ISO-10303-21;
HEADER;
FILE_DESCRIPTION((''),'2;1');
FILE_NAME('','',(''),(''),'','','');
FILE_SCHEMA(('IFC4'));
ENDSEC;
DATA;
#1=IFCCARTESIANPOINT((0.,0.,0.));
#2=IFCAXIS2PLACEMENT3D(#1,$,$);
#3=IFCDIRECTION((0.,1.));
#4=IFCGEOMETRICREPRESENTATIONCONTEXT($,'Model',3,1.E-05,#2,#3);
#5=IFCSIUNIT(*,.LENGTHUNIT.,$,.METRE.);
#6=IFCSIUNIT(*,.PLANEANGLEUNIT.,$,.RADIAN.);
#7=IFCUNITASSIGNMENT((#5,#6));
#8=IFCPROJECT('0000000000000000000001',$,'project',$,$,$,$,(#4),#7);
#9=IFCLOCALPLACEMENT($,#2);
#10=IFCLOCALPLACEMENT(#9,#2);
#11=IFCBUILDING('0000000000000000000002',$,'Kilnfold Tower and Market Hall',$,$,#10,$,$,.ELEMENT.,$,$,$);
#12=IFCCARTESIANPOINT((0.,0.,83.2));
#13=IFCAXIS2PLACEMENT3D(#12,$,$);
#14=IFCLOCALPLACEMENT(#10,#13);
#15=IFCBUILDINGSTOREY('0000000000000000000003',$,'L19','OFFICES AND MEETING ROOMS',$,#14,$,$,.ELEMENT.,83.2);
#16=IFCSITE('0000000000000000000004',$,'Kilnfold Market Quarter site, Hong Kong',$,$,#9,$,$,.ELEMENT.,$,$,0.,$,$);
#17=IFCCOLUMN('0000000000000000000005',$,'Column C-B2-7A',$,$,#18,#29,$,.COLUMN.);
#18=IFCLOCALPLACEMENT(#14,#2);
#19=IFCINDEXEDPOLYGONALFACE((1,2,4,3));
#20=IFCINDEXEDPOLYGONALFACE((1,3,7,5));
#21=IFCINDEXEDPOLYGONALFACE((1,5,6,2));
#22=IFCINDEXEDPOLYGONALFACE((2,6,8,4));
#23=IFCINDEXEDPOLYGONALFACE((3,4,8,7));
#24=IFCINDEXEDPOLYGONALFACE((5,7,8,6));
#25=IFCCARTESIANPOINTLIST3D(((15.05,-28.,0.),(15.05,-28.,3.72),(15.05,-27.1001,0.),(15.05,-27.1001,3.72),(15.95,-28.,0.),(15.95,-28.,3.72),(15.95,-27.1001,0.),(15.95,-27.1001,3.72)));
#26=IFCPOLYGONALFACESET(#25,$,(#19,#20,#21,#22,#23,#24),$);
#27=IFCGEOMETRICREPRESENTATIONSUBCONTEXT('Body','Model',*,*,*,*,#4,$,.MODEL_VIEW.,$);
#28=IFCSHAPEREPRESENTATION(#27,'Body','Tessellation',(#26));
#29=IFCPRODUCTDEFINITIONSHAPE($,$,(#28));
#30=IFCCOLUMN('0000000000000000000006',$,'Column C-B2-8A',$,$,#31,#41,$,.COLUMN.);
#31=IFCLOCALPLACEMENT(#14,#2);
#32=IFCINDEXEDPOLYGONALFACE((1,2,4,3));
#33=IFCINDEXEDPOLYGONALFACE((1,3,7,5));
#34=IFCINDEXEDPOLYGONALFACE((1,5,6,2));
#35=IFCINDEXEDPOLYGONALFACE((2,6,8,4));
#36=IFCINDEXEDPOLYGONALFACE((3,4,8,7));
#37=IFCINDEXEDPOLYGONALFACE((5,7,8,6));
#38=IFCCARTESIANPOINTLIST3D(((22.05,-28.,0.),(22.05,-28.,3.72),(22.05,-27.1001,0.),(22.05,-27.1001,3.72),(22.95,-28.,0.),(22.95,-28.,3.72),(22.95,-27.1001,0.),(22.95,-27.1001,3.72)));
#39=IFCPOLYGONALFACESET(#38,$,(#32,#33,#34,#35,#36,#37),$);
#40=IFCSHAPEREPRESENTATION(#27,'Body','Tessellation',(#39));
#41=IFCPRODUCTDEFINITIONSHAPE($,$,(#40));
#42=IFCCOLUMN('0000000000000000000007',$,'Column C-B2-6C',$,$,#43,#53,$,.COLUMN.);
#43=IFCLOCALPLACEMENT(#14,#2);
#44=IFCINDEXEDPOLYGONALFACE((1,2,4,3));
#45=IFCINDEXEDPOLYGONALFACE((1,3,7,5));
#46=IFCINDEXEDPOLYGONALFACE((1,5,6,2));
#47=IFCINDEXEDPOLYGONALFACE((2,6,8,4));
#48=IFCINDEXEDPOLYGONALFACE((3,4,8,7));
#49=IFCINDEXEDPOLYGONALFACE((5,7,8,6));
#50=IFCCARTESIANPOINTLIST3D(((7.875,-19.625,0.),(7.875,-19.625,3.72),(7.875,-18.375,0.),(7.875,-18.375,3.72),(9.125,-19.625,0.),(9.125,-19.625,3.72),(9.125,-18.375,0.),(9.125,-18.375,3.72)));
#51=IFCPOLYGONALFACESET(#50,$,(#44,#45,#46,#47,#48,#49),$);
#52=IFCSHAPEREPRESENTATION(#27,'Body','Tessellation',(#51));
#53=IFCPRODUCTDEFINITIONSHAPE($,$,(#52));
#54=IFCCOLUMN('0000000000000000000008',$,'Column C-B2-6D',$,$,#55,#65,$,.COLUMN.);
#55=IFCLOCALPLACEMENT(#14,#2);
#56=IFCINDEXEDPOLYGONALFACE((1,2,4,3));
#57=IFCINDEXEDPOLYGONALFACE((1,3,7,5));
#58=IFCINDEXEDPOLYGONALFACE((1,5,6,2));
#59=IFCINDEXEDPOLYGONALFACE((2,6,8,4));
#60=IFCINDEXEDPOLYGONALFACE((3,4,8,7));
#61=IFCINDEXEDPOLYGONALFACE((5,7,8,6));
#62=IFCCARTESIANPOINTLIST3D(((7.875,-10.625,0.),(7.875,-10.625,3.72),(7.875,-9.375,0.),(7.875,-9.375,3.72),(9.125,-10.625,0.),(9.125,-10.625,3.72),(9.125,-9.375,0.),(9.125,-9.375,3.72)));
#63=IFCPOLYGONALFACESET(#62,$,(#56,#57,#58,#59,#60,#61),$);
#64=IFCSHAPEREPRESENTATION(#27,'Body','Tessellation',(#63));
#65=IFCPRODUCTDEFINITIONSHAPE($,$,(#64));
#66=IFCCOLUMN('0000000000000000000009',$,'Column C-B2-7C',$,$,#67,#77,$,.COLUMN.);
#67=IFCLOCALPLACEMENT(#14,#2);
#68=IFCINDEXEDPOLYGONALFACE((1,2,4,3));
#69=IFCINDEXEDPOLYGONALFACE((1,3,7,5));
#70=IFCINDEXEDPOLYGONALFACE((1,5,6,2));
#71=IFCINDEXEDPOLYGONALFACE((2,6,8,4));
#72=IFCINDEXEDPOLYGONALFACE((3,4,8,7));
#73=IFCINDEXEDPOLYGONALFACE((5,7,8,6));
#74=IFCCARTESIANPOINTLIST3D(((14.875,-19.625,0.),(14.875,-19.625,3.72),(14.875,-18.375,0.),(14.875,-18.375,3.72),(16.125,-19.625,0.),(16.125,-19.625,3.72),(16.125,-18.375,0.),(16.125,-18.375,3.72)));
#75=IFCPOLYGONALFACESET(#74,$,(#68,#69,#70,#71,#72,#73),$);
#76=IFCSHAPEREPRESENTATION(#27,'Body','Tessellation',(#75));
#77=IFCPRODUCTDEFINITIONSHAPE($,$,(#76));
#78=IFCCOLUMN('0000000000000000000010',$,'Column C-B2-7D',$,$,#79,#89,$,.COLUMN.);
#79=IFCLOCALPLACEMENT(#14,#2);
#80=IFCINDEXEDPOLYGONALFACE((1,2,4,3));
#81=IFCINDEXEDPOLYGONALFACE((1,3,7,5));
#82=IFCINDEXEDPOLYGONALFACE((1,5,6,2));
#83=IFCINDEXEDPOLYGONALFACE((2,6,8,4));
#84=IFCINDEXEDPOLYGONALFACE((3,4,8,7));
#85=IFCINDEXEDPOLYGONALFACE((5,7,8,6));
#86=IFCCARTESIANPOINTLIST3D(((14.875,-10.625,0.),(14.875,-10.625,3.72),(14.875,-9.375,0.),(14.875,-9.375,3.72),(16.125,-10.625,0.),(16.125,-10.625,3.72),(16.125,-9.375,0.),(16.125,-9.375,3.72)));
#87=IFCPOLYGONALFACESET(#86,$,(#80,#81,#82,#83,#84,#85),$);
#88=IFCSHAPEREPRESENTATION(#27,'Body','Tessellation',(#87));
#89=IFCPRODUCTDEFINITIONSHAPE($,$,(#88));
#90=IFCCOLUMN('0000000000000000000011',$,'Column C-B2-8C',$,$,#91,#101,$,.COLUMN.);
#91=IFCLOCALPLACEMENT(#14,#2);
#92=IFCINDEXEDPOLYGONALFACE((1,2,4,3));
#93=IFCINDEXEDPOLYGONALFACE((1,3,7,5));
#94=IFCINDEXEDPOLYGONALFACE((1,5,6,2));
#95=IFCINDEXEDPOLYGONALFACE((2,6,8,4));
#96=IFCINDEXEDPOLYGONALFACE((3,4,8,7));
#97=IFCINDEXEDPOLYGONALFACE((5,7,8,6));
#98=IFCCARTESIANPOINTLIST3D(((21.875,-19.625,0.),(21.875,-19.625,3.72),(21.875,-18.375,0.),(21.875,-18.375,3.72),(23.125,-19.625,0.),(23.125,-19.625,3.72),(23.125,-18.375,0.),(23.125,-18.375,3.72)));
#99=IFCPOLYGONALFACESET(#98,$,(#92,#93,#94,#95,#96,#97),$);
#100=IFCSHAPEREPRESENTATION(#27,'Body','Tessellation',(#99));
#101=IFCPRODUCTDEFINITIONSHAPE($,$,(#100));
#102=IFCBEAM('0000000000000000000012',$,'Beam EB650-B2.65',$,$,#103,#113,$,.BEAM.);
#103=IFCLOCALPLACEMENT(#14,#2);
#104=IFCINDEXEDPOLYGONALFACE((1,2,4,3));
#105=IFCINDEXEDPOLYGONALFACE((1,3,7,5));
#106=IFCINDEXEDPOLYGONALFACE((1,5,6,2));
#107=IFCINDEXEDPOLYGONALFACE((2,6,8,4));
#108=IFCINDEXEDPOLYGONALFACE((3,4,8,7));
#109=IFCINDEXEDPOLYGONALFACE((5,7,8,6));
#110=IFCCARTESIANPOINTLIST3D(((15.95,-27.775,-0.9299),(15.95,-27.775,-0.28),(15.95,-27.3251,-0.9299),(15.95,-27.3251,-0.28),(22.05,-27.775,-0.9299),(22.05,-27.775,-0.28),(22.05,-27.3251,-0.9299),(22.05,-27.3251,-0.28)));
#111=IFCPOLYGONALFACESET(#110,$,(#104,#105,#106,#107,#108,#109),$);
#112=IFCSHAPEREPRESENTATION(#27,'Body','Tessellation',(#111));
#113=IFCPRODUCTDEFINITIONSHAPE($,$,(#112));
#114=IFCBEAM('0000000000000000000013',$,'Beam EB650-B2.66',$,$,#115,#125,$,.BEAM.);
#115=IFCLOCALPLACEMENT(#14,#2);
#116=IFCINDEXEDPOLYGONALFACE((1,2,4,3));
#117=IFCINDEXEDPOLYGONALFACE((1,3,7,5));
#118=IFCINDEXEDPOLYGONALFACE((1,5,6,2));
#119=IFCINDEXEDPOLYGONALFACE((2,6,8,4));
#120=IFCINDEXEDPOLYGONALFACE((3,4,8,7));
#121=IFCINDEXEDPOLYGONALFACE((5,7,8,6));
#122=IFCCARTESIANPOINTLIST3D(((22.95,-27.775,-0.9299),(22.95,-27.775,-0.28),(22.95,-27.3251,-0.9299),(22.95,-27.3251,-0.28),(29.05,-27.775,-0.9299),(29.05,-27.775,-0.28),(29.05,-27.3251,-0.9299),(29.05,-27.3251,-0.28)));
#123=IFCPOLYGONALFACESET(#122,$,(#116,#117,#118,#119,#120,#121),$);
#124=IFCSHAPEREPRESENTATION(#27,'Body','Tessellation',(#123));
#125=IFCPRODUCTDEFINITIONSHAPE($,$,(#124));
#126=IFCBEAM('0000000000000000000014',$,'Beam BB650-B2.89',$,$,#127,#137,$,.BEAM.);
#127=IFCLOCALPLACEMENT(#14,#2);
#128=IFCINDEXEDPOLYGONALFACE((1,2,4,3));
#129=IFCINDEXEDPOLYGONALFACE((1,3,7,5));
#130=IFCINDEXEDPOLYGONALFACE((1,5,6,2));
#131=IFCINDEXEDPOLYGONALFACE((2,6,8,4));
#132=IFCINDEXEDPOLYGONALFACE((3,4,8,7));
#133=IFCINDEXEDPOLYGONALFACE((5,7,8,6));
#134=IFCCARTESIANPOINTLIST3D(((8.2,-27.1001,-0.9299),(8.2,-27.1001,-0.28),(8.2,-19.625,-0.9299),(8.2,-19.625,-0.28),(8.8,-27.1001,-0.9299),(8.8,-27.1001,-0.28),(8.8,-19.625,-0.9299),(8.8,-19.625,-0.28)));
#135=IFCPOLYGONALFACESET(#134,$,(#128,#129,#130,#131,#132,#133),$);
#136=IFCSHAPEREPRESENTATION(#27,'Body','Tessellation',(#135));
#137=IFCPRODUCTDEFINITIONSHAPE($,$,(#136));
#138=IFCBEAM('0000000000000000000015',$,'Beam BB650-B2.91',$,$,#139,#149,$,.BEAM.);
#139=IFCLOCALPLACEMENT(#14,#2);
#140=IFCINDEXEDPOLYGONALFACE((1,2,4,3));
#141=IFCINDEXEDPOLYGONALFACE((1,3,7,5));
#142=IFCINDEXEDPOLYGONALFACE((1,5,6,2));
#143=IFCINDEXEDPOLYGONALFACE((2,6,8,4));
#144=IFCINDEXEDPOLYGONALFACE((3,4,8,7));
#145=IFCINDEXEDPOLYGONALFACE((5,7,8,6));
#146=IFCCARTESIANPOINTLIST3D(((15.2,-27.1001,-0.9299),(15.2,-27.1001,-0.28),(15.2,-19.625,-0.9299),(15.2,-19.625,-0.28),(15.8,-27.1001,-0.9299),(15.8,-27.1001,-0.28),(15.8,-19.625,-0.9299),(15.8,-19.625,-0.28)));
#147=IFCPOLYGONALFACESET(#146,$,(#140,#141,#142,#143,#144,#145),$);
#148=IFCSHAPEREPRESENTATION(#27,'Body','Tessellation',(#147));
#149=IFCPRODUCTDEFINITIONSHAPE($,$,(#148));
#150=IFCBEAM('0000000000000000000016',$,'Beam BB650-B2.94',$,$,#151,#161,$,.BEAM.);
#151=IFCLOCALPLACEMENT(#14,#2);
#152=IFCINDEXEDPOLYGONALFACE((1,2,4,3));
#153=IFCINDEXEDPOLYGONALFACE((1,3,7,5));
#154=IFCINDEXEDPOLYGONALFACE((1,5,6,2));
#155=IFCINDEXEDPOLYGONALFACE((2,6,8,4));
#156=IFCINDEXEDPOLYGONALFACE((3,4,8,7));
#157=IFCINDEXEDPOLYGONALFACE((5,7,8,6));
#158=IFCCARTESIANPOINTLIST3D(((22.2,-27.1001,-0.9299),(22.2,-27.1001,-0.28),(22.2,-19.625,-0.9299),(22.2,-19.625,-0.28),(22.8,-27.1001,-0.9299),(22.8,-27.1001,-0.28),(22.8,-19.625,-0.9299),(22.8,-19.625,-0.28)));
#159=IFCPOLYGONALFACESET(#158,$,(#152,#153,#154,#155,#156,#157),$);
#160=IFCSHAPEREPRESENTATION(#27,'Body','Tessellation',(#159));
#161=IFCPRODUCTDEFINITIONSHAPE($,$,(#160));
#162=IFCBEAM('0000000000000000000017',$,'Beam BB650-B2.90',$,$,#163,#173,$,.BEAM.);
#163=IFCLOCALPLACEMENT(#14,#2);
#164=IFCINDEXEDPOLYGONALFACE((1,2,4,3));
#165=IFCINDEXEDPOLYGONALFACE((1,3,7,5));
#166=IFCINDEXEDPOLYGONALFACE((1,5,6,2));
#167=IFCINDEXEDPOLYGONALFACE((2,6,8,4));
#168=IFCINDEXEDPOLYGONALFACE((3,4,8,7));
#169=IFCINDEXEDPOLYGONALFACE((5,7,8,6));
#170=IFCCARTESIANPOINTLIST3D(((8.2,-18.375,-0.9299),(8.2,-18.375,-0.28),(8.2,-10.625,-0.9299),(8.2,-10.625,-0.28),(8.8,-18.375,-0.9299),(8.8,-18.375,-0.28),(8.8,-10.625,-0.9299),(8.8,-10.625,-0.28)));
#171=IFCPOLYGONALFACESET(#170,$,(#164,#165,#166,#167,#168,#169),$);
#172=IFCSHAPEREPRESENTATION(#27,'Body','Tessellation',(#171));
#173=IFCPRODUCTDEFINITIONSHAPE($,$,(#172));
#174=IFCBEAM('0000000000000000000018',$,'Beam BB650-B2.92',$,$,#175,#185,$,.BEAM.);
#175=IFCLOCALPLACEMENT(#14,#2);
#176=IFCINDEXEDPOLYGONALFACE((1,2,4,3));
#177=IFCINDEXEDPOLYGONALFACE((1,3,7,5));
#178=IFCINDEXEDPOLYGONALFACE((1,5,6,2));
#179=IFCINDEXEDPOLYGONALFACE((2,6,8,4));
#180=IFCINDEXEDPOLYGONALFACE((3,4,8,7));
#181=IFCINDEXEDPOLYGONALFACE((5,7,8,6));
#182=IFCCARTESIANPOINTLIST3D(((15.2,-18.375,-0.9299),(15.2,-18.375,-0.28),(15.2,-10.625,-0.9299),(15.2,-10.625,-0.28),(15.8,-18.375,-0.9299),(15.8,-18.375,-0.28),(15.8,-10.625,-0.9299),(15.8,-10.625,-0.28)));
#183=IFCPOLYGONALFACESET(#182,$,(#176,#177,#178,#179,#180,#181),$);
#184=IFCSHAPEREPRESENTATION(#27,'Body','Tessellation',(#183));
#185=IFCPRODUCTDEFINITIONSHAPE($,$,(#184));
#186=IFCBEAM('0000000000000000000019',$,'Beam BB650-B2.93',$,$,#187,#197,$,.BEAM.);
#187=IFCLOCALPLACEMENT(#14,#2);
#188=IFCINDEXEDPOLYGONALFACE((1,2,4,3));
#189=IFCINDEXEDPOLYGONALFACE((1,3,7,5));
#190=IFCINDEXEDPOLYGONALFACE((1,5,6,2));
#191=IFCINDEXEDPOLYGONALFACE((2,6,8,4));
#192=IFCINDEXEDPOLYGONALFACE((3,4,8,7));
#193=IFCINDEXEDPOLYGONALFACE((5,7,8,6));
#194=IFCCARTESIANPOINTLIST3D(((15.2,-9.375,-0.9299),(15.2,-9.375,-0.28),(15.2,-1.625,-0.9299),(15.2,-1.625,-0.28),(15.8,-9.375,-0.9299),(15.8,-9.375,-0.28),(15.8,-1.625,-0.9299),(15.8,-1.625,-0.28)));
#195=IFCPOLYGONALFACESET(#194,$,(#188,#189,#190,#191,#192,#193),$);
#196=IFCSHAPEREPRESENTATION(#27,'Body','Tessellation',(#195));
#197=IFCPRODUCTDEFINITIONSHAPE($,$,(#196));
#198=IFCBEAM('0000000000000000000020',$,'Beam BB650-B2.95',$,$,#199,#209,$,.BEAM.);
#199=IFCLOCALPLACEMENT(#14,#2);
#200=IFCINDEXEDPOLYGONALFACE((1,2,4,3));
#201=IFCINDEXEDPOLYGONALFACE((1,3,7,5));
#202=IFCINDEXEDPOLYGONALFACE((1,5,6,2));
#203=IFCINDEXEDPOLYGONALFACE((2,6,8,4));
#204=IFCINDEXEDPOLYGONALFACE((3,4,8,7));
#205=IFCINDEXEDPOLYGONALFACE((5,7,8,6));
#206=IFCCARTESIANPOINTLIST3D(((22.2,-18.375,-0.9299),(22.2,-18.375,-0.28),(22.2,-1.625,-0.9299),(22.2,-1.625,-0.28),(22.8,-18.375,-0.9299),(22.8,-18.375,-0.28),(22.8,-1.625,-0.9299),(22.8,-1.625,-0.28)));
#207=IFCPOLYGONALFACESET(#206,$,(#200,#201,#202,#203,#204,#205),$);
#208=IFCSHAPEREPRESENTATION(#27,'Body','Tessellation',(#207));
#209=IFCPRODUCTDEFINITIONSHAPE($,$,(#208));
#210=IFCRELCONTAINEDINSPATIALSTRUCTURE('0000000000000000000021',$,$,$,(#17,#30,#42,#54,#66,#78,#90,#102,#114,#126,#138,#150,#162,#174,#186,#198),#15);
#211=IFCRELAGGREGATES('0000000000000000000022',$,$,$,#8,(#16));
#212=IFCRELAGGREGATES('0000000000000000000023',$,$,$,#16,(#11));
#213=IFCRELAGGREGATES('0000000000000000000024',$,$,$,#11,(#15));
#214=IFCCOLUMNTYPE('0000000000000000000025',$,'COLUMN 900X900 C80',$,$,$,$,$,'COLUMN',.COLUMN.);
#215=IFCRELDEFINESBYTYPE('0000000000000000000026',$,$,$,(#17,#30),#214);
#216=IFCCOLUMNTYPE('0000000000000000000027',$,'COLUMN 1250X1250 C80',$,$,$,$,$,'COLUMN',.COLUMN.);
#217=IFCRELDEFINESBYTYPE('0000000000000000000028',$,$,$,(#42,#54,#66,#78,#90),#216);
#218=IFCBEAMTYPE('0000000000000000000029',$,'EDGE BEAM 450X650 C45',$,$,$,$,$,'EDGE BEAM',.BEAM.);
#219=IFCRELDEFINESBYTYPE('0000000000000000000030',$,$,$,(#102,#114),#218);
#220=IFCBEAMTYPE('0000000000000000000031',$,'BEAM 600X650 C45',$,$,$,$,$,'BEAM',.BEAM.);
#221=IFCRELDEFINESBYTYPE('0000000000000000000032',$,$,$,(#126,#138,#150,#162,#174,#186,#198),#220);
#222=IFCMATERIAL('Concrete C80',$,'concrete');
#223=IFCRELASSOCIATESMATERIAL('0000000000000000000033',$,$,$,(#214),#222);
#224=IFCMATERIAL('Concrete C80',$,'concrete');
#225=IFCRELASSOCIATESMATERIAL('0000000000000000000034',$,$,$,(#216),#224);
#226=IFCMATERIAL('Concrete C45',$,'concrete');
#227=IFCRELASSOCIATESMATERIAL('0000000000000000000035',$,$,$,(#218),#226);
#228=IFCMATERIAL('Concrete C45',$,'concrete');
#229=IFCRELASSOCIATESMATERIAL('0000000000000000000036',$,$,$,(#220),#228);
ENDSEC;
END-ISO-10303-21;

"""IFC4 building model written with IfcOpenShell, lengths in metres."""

from ifc_helpers import new_model, si_unit, direction, frame, origin, origin_2d, place, context, subcontext, project, spatial, rectangle, extrude, source, transform, mapped, material, material_profile, profile_set, type_object, element, save


model = new_model("IFC4")

# Units and contexts
model_context = context("Model", 3, precision=1e-05, world=origin(), true_north=direction((0.0, 1.0)))
body_context = subcontext(model_context, "Body", "Model", "MODEL_VIEW")
ifc_project = project(units=[si_unit("LENGTHUNIT", "METRE"), si_unit("PLANEANGLEUNIT", "RADIAN")], contexts=[model_context])

# Site, building, storey
site_placement = place(None, origin())
site = spatial("IfcSite", under=ifc_project, at=site_placement, Name="Kilnfold Market Quarter site, Hong Kong", CompositionType="ELEMENT", RefElevation=0.0)
building_placement = place(site_placement, origin())
building = spatial("IfcBuilding", under=site, at=building_placement, Name="Kilnfold Tower and Market Hall", CompositionType="ELEMENT")
storey_placement = place(building_placement, frame((0.0, 0.0, 83.2)))
storey = spatial("IfcBuildingStorey", under=building, at=storey_placement, Name="L19", Description="OFFICES AND MEETING ROOMS", CompositionType="ELEMENT", Elevation=83.2)

# Columns
ifc_material_1 = material(Name="Concrete C80", Category="concrete")
ifc_material_profile_1 = material_profile(ifc_material_1, rectangle(XDim=0.8999, YDim=0.8999, at=origin_2d()), Name="RC 900x900")
ifc_profile_set_1 = profile_set([ifc_material_profile_1], Name="Concrete C80")
column_type_1 = type_object("IfcColumnType", Name="COLUMN 900X900 C80", ElementType="COLUMN", PredefinedType="COLUMN", material=ifc_profile_set_1)
shared_shape_1 = source(origin(), body_context, "Body", "SweptSolid", [
    extrude(rectangle(XDim=0.8999, YDim=0.8999, at=origin_2d()), origin(), (0.0, 0.0, 1.0), 3.72),
])
for number, where, z_axis, x_axis, name in (
    (1, (15.5, -27.55, 0.0), (0.0, 0.0, 1.0), (1.0, 0.0, 0.0), "Column C-B2-7A"),
    (2, (22.5, -27.55, 0.0), (0.0, 0.0, 1.0), (1.0, 0.0, 0.0), "Column C-B2-8A"),
):
    element("IfcColumn", number, at=place(storey_placement, frame(where, z_axis=z_axis, x_axis=x_axis)), inside=storey, type_object=column_type_1, Name=name, PredefinedType="COLUMN", context=body_context, shape_type="MappedRepresentation", body=[
        mapped(shared_shape_1, transform((0.0, 0.0, 0.0))),
    ])
ifc_material_2 = material(Name="Concrete C80", Category="concrete")
ifc_material_profile_2 = material_profile(ifc_material_2, rectangle(XDim=1.25, YDim=1.25, at=origin_2d()), Name="RC 1250x1250")
ifc_profile_set_2 = profile_set([ifc_material_profile_2], Name="Concrete C80")
column_type_2 = type_object("IfcColumnType", Name="COLUMN 1250X1250 C80", ElementType="COLUMN", PredefinedType="COLUMN", material=ifc_profile_set_2)
shared_shape_2 = source(origin(), body_context, "Body", "SweptSolid", [
    extrude(rectangle(XDim=1.25, YDim=1.25, at=origin_2d()), origin(), (0.0, 0.0, 1.0), 3.72),
])
for number, where, z_axis, x_axis, name in (
    (3, (8.5, -19.0, 0.0), (0.0, 0.0, 1.0), (1.0, 0.0, 0.0), "Column C-B2-6C"),
    (4, (8.5, -10.0, 0.0), (0.0, 0.0, 1.0), (1.0, 0.0, 0.0), "Column C-B2-6D"),
    (5, (15.5, -19.0, 0.0), (0.0, 0.0, 1.0), (1.0, 0.0, 0.0), "Column C-B2-7C"),
    (6, (15.5, -10.0, 0.0), (0.0, 0.0, 1.0), (1.0, 0.0, 0.0), "Column C-B2-7D"),
    (7, (22.5, -19.0, 0.0), (0.0, 0.0, 1.0), (1.0, 0.0, 0.0), "Column C-B2-8C"),
):
    element("IfcColumn", number, at=place(storey_placement, frame(where, z_axis=z_axis, x_axis=x_axis)), inside=storey, type_object=column_type_2, Name=name, PredefinedType="COLUMN", context=body_context, shape_type="MappedRepresentation", body=[
        mapped(shared_shape_2, transform((0.0, 0.0, 0.0))),
    ])

# Beams
ifc_material_3 = material(Name="Concrete C45", Category="concrete")
ifc_material_profile_3 = material_profile(ifc_material_3, rectangle(XDim=0.45, YDim=0.6499, at=origin_2d()), Name="RC 450x650")
ifc_profile_set_3 = profile_set([ifc_material_profile_3], Name="Concrete C45")
beam_type_1 = type_object("IfcBeamType", Name="EDGE BEAM 450X650 C45", ElementType="EDGE BEAM", PredefinedType="BEAM", material=ifc_profile_set_3)
shared_shape_3 = source(origin(), body_context, "Body", "SweptSolid", [
    extrude(rectangle(XDim=0.45, YDim=0.6499, at=origin_2d()), origin(), (0.0, 0.0, 1.0), 6.1001),
])
for number, where, z_axis, x_axis, name in (
    (8, (15.95, -27.55, -0.605), (1.0, 0.0, 0.0), (0.0, 1.0, 0.0), "Beam EB650-B2.65"),
    (9, (22.95, -27.55, -0.605), (1.0, 0.0, 0.0), (0.0, 1.0, 0.0), "Beam EB650-B2.66"),
):
    element("IfcBeam", number, at=place(storey_placement, frame(where, z_axis=z_axis, x_axis=x_axis)), inside=storey, type_object=beam_type_1, Name=name, PredefinedType="BEAM", context=body_context, shape_type="MappedRepresentation", body=[
        mapped(shared_shape_3, transform((0.0, 0.0, 0.0))),
    ])
ifc_material_4 = material(Name="Concrete C45", Category="concrete")
ifc_material_profile_4 = material_profile(ifc_material_4, rectangle(XDim=0.6001, YDim=0.6499, at=origin_2d()), Name="RC 600x650")
ifc_profile_set_4 = profile_set([ifc_material_profile_4], Name="Concrete C45")
beam_type_2 = type_object("IfcBeamType", Name="BEAM 600X650 C45", ElementType="BEAM", PredefinedType="BEAM", material=ifc_profile_set_4)
shared_shape_4 = source(origin(), body_context, "Body", "SweptSolid", [
    extrude(rectangle(XDim=0.6001, YDim=0.6499, at=origin_2d()), origin(), (0.0, 0.0, 1.0), 7.4751),
])
for number, where, z_axis, x_axis, name in (
    (10, (8.5, -27.1001, -0.605), (0.0, 1.0, 0.0), (-1.0, 0.0, 0.0), "Beam BB650-B2.89"),
    (11, (15.5, -27.1001, -0.605), (0.0, 1.0, 0.0), (-1.0, 0.0, 0.0), "Beam BB650-B2.91"),
    (12, (22.5, -27.1001, -0.605), (0.0, 1.0, 0.0), (-1.0, 0.0, 0.0), "Beam BB650-B2.94"),
):
    element("IfcBeam", number, at=place(storey_placement, frame(where, z_axis=z_axis, x_axis=x_axis)), inside=storey, type_object=beam_type_2, Name=name, PredefinedType="BEAM", context=body_context, shape_type="MappedRepresentation", body=[
        mapped(shared_shape_4, transform((0.0, 0.0, 0.0))),
    ])
shared_shape_5 = source(origin(), body_context, "Body", "SweptSolid", [
    extrude(rectangle(XDim=0.6001, YDim=0.6499, at=origin_2d()), origin(), (0.0, 0.0, 1.0), 7.75),
])
for number, where, z_axis, x_axis, name in (
    (13, (8.5, -18.375, -0.605), (0.0, 1.0, 0.0), (-1.0, 0.0, 0.0), "Beam BB650-B2.90"),
    (14, (15.5, -18.375, -0.605), (0.0, 1.0, 0.0), (-1.0, 0.0, 0.0), "Beam BB650-B2.92"),
    (15, (15.5, -9.375, -0.605), (0.0, 1.0, 0.0), (-1.0, 0.0, 0.0), "Beam BB650-B2.93"),
):
    element("IfcBeam", number, at=place(storey_placement, frame(where, z_axis=z_axis, x_axis=x_axis)), inside=storey, type_object=beam_type_2, Name=name, PredefinedType="BEAM", context=body_context, shape_type="MappedRepresentation", body=[
        mapped(shared_shape_5, transform((0.0, 0.0, 0.0))),
    ])
shared_shape_6 = source(origin(), body_context, "Body", "SweptSolid", [
    extrude(rectangle(XDim=0.6001, YDim=0.6499, at=origin_2d()), origin(), (0.0, 0.0, 1.0), 16.75),
])
beam_placement = place(storey_placement, frame((22.5, -18.375, -0.605), z_axis=(0.0, 1.0, 0.0), x_axis=(-1.0, 0.0, 0.0)))
element("IfcBeam", 16, at=beam_placement, inside=storey, type_object=beam_type_2, Name="Beam BB650-B2.95", PredefinedType="BEAM", context=body_context, shape_type="MappedRepresentation", body=[
    mapped(shared_shape_6, transform((0.0, 0.0, 0.0))),
])

save(model, "model.ifc")
